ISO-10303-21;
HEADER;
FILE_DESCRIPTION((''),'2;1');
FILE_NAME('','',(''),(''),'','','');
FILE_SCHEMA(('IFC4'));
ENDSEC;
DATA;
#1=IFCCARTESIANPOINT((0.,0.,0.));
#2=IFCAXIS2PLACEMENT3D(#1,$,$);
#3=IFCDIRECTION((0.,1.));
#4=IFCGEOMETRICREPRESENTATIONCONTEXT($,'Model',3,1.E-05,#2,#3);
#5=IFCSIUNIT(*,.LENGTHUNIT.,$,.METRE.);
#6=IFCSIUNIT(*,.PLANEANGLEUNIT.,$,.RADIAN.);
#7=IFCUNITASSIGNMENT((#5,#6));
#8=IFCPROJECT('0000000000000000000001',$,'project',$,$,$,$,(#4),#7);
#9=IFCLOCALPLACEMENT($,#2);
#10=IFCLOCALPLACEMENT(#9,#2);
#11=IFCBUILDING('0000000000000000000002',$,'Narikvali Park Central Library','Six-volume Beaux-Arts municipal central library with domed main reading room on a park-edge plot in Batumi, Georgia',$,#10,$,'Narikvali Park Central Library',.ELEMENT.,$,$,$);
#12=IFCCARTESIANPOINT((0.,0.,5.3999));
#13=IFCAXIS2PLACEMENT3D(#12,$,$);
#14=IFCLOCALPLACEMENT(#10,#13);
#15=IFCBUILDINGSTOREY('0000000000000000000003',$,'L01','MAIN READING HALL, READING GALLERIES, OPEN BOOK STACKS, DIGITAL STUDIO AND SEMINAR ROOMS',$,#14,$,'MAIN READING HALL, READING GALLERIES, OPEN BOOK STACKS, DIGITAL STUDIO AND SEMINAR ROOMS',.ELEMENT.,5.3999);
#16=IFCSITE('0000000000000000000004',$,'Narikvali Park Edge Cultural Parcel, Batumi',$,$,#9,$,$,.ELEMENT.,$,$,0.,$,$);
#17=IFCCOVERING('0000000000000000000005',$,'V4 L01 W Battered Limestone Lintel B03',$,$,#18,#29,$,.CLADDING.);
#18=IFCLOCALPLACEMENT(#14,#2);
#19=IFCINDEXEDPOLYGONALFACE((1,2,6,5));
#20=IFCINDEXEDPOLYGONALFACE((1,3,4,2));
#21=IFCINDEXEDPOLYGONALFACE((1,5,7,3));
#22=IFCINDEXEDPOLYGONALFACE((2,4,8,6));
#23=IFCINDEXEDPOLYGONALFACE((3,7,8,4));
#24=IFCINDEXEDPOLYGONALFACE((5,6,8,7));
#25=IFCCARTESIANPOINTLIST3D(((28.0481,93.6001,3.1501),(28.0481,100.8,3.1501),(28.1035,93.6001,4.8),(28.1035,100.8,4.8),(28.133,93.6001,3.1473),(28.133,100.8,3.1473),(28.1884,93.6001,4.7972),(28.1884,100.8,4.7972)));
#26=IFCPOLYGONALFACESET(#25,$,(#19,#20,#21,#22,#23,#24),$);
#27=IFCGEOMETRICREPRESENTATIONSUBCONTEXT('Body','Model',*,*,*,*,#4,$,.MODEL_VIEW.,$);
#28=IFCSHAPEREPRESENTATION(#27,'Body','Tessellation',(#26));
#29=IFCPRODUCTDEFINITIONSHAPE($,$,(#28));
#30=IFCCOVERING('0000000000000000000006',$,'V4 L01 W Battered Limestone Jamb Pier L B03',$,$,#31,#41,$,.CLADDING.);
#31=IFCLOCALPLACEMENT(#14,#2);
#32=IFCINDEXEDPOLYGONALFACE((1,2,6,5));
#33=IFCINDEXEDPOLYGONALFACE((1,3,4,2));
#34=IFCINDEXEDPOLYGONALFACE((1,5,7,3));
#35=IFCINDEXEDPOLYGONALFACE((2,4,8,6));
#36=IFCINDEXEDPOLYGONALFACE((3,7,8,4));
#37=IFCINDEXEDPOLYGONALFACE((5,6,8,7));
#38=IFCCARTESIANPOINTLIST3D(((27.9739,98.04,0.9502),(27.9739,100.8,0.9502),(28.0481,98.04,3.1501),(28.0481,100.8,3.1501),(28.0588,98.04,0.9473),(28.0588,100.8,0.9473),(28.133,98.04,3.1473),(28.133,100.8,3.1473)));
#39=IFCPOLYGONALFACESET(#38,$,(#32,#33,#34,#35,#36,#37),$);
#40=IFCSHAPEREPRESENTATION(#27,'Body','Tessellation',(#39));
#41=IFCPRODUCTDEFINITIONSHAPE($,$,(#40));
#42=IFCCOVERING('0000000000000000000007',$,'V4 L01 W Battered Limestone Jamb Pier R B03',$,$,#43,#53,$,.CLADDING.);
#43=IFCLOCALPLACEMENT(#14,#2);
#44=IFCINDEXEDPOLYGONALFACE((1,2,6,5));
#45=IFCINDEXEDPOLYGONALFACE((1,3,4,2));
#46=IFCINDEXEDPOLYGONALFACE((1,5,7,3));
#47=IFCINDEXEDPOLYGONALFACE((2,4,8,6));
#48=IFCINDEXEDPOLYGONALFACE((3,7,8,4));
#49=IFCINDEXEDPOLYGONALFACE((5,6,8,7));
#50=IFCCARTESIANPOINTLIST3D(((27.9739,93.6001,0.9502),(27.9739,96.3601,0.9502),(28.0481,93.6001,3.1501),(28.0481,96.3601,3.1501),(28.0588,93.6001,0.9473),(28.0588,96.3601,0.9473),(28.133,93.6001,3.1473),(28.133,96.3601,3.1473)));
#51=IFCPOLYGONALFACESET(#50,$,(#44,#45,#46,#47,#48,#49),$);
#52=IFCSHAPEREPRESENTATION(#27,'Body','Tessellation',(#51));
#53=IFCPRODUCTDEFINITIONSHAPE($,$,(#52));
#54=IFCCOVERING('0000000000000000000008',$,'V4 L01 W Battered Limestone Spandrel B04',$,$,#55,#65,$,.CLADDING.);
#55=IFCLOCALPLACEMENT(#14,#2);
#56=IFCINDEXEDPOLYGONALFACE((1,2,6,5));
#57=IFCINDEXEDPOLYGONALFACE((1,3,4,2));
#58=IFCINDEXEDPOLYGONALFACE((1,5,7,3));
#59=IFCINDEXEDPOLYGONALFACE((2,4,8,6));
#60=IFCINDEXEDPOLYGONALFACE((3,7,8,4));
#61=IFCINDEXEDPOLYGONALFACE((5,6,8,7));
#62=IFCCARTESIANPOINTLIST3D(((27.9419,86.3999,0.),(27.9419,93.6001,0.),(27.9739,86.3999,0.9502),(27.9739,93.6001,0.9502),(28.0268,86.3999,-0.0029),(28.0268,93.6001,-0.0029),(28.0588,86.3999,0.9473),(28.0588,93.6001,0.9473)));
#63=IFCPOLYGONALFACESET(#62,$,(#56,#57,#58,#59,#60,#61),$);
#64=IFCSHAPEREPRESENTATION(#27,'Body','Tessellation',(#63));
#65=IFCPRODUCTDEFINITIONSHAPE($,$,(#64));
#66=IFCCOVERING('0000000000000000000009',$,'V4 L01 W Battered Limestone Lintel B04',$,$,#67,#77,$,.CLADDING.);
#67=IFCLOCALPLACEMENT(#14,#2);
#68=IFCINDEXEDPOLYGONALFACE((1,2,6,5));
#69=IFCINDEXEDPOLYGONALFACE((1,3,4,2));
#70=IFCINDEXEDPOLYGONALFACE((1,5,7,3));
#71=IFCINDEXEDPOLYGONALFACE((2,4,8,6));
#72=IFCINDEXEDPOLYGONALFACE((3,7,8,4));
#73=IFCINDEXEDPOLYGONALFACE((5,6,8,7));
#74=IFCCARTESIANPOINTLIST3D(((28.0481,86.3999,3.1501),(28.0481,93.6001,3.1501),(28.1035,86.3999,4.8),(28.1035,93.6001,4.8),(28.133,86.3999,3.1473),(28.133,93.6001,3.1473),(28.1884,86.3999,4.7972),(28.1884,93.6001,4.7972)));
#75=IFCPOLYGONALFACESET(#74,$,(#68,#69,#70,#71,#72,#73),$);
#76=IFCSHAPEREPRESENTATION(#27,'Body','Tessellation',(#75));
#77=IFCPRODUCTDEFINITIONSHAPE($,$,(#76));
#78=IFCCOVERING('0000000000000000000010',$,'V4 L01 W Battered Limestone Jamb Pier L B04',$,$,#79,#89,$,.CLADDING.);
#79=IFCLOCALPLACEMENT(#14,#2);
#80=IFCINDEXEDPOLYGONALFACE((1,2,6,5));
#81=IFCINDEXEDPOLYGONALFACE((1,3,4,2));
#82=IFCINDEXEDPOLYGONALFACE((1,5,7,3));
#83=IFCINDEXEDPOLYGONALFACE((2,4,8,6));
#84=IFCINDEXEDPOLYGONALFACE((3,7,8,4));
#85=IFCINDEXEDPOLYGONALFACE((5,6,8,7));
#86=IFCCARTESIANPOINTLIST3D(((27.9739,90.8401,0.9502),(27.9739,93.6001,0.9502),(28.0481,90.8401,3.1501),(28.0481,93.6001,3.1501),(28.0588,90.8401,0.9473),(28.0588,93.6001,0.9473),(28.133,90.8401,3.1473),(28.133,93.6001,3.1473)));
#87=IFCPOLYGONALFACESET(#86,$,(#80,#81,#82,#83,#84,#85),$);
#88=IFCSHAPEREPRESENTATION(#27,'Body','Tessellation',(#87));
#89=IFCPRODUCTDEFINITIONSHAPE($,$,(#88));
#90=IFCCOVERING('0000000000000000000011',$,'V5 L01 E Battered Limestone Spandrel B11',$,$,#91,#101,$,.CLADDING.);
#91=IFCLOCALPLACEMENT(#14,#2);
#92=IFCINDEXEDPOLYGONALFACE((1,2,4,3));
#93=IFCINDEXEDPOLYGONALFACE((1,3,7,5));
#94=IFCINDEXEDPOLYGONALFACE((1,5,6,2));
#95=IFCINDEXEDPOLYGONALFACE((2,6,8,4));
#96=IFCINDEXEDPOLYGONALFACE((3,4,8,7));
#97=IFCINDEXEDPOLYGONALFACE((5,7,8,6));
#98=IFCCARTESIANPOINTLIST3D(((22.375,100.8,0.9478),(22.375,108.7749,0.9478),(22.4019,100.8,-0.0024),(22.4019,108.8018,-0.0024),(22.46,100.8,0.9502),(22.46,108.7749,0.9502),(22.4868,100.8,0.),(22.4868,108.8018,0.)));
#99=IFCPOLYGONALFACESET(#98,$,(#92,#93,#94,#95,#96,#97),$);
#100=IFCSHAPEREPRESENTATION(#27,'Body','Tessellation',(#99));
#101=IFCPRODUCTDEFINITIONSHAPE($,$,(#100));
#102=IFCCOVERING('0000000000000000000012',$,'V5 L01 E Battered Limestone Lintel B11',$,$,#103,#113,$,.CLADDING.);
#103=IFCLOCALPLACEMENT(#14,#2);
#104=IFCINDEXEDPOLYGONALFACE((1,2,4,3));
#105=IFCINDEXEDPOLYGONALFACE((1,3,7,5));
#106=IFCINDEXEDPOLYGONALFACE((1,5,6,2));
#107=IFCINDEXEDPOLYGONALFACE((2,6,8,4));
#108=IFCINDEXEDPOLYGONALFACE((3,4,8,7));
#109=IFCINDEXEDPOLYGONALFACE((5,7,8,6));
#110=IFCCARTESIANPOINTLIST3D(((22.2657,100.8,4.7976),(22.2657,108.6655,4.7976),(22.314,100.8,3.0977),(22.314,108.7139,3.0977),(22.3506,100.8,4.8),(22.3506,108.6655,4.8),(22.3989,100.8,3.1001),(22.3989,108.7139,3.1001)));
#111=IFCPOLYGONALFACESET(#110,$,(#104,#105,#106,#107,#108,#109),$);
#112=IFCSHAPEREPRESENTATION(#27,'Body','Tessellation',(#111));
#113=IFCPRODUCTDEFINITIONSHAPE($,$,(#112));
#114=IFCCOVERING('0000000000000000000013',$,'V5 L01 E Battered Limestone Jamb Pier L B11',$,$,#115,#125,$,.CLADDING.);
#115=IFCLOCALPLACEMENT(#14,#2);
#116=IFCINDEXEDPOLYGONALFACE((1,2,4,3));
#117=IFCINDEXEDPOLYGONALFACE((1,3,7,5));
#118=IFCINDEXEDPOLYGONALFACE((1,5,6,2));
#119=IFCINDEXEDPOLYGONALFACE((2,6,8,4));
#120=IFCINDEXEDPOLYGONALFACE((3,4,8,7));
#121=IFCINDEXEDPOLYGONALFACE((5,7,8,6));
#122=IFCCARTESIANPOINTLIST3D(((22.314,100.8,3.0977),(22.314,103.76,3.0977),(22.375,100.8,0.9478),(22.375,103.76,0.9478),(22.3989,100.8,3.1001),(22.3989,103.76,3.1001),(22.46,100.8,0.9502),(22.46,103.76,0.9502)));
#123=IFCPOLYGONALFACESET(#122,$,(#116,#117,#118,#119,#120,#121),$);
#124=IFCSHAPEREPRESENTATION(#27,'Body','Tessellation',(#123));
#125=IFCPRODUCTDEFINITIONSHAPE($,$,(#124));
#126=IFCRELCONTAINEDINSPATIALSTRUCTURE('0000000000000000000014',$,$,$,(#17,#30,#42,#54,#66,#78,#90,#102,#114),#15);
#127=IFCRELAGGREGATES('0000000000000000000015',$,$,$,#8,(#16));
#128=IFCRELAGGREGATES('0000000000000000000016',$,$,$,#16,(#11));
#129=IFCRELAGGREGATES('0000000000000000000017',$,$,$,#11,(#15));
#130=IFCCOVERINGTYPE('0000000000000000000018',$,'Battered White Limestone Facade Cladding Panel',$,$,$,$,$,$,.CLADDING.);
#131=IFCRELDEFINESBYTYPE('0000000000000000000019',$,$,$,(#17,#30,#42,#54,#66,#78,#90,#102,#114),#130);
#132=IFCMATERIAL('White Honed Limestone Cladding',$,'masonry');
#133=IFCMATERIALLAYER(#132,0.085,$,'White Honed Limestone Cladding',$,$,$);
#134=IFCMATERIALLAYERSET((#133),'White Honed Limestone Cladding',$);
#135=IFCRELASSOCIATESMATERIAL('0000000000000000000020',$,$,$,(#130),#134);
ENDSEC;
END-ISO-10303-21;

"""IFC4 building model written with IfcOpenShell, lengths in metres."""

from ifc_helpers import new_model, si_unit, direction, frame, origin, place, context, subcontext, project, spatial, polyline, outline, extrude, material, layer, layer_set, type_object, element, save


model = new_model("IFC4")

# Units and contexts
model_context = context("Model", 3, precision=1e-05, world=origin(), true_north=direction((0.0, 1.0)))
body_context = subcontext(model_context, "Body", "Model", "MODEL_VIEW")
ifc_project = project(units=[si_unit("LENGTHUNIT", "METRE"), si_unit("PLANEANGLEUNIT", "RADIAN")], contexts=[model_context])

# Site, building, storey
site_placement = place(None, origin())
site = spatial("IfcSite", under=ifc_project, at=site_placement, Name="Narikvali Park Edge Cultural Parcel, Batumi", CompositionType="ELEMENT", RefElevation=0.0)
building_placement = place(site_placement, origin())
building = spatial("IfcBuilding", under=site, at=building_placement, Name="Narikvali Park Central Library", Description="Six-volume Beaux-Arts municipal central library with domed main reading room on a park-edge plot in Batumi, Georgia", LongName="Narikvali Park Central Library", CompositionType="ELEMENT")
storey_placement = place(building_placement, frame((0.0, 0.0, 5.3999)))
storey = spatial("IfcBuildingStorey", under=building, at=storey_placement, Name="L01", Description="MAIN READING HALL, READING GALLERIES, OPEN BOOK STACKS, DIGITAL STUDIO AND SEMINAR ROOMS", LongName="MAIN READING HALL, READING GALLERIES, OPEN BOOK STACKS, DIGITAL STUDIO AND SEMINAR ROOMS", CompositionType="ELEMENT", Elevation=5.3999)

# Coverings
ifc_material_1 = material(Name="White Honed Limestone Cladding", Category="masonry")
ifc_layer_1 = layer(ifc_material_1, 0.085, Name="White Honed Limestone Cladding")
ifc_layer_set_1 = layer_set([ifc_layer_1], Name="White Honed Limestone Cladding")
covering_type = type_object("IfcCoveringType", Name="Battered White Limestone Facade Cladding Panel", PredefinedType="CLADDING", material=ifc_layer_set_1)
covering_1_placement = place(storey_placement, frame((28.0481, 100.8, 3.1501), z_axis=(-0.999436, 0.0, 0.033571), x_axis=(0.0, -1.0, 0.0)))
element("IfcCovering", 1, at=covering_1_placement, inside=storey, type_object=covering_type, Name="V4 L01 W Battered Limestone Lintel B03", PredefinedType="CLADDING", context=body_context, shape_type="SweptSolid", body=[
    extrude(outline(polyline([(0.0, 0.0), (7.2, 0.0), (7.2, 1.6508), (0.0, 1.6508), (0.0, 0.0)])), origin(), (0.0, 0.0, -1.0), 0.085),
])
for number, where, z_axis, x_axis, name in (
    (2, (27.9739, 100.8, 0.9502), (-0.999431, 0.0, 0.033717), (0.0, -1.0, 0.0), "V4 L01 W Battered Limestone Jamb Pier L B03"),
    (3, (27.9739, 96.3601, 0.9502), (-0.999431, 0.0, 0.033717), (0.0, -1.0, 0.0), "V4 L01 W Battered Limestone Jamb Pier R B03"),
):
    element("IfcCovering", number, at=place(storey_placement, frame(where, z_axis=z_axis, x_axis=x_axis)), inside=storey, type_object=covering_type, Name=name, PredefinedType="CLADDING", context=body_context, shape_type="SweptSolid", body=[
        extrude(outline(polyline([(0.0, 0.0), (2.76, 0.0), (2.76, 2.2012), (0.0, 2.2012), (0.0, 0.0)])), origin(), (0.0, 0.0, -1.0), 0.085),
    ])
covering_2_placement = place(storey_placement, frame((27.9419, 93.6001, 0.0), z_axis=(-0.999434, 0.0, 0.03364), x_axis=(0.0, -1.0, 0.0)))
element("IfcCovering", 4, at=covering_2_placement, inside=storey, type_object=covering_type, Name="V4 L01 W Battered Limestone Spandrel B04", PredefinedType="CLADDING", context=body_context, shape_type="SweptSolid", body=[
    extrude(outline(polyline([(0.0, 0.0), (7.2002, 0.0), (7.2002, 0.9507), (0.0, 0.9507), (0.0, 0.0)])), origin(), (0.0, 0.0, -1.0), 0.085),
])
covering_3_placement = place(storey_placement, frame((28.0481, 93.6001, 3.1501), z_axis=(-0.999436, 0.0, 0.033571), x_axis=(0.0, -1.0, 0.0)))
element("IfcCovering", 5, at=covering_3_placement, inside=storey, type_object=covering_type, Name="V4 L01 W Battered Limestone Lintel B04", PredefinedType="CLADDING", context=body_context, shape_type="SweptSolid", body=[
    extrude(outline(polyline([(0.0, 0.0), (7.2002, 0.0), (7.2002, 1.6508), (0.0, 1.6508), (0.0, 0.0)])), origin(), (0.0, 0.0, -1.0), 0.085),
])
covering_4_placement = place(storey_placement, frame((27.9739, 93.6001, 0.9502), z_axis=(-0.999431, 0.0, 0.033717), x_axis=(0.0, -1.0, 0.0)))
element("IfcCovering", 6, at=covering_4_placement, inside=storey, type_object=covering_type, Name="V4 L01 W Battered Limestone Jamb Pier L B04", PredefinedType="CLADDING", context=body_context, shape_type="SweptSolid", body=[
    extrude(outline(polyline([(0.0, 0.0), (2.76, 0.0), (2.76, 2.2012), (0.0, 2.2012), (0.0, 0.0)])), origin(), (0.0, 0.0, -1.0), 0.085),
])
covering_5_placement = place(storey_placement, frame((22.4868, 100.8, 0.0), z_axis=(0.999601, 0.0, 0.028252), x_axis=(0.0, 1.0, 0.0)))
element("IfcCovering", 7, at=covering_5_placement, inside=storey, type_object=covering_type, Name="V5 L01 E Battered Limestone Spandrel B11", PredefinedType="CLADDING", context=body_context, shape_type="SweptSolid", body=[
    extrude(outline(polyline([(0.0, 0.0), (8.0017, 0.0), (7.9749, 0.9506), (0.0, 0.9506), (0.0, 0.0)])), origin(), (0.0, 0.0, -1.0), 0.085),
])
covering_6_placement = place(storey_placement, frame((22.3989, 100.8, 3.1001), z_axis=(0.999596, 0.0, 0.028425), x_axis=(0.0, 1.0, 0.0)))
element("IfcCovering", 8, at=covering_6_placement, inside=storey, type_object=covering_type, Name="V5 L01 E Battered Limestone Lintel B11", PredefinedType="CLADDING", context=body_context, shape_type="SweptSolid", body=[
    extrude(outline(polyline([(0.0, 0.0), (7.9138, 0.0), (7.8655, 1.7006), (0.0, 1.7006), (0.0, 0.0)])), origin(), (0.0, 0.0, -1.0), 0.085),
])
covering_7_placement = place(storey_placement, frame((22.46, 100.8, 0.9502), z_axis=(0.999597, 0.0, 0.028378), x_axis=(0.0, 1.0, 0.0)))
element("IfcCovering", 9, at=covering_7_placement, inside=storey, type_object=covering_type, Name="V5 L01 E Battered Limestone Jamb Pier L B11", PredefinedType="CLADDING", context=body_context, shape_type="SweptSolid", body=[
    extrude(outline(polyline([(0.0, 0.0), (2.96, 0.0), (2.96, 2.1508), (0.0, 2.1508), (0.0, 0.0)])), origin(), (0.0, 0.0, -1.0), 0.085),
])

save(model, "model.ifc")
